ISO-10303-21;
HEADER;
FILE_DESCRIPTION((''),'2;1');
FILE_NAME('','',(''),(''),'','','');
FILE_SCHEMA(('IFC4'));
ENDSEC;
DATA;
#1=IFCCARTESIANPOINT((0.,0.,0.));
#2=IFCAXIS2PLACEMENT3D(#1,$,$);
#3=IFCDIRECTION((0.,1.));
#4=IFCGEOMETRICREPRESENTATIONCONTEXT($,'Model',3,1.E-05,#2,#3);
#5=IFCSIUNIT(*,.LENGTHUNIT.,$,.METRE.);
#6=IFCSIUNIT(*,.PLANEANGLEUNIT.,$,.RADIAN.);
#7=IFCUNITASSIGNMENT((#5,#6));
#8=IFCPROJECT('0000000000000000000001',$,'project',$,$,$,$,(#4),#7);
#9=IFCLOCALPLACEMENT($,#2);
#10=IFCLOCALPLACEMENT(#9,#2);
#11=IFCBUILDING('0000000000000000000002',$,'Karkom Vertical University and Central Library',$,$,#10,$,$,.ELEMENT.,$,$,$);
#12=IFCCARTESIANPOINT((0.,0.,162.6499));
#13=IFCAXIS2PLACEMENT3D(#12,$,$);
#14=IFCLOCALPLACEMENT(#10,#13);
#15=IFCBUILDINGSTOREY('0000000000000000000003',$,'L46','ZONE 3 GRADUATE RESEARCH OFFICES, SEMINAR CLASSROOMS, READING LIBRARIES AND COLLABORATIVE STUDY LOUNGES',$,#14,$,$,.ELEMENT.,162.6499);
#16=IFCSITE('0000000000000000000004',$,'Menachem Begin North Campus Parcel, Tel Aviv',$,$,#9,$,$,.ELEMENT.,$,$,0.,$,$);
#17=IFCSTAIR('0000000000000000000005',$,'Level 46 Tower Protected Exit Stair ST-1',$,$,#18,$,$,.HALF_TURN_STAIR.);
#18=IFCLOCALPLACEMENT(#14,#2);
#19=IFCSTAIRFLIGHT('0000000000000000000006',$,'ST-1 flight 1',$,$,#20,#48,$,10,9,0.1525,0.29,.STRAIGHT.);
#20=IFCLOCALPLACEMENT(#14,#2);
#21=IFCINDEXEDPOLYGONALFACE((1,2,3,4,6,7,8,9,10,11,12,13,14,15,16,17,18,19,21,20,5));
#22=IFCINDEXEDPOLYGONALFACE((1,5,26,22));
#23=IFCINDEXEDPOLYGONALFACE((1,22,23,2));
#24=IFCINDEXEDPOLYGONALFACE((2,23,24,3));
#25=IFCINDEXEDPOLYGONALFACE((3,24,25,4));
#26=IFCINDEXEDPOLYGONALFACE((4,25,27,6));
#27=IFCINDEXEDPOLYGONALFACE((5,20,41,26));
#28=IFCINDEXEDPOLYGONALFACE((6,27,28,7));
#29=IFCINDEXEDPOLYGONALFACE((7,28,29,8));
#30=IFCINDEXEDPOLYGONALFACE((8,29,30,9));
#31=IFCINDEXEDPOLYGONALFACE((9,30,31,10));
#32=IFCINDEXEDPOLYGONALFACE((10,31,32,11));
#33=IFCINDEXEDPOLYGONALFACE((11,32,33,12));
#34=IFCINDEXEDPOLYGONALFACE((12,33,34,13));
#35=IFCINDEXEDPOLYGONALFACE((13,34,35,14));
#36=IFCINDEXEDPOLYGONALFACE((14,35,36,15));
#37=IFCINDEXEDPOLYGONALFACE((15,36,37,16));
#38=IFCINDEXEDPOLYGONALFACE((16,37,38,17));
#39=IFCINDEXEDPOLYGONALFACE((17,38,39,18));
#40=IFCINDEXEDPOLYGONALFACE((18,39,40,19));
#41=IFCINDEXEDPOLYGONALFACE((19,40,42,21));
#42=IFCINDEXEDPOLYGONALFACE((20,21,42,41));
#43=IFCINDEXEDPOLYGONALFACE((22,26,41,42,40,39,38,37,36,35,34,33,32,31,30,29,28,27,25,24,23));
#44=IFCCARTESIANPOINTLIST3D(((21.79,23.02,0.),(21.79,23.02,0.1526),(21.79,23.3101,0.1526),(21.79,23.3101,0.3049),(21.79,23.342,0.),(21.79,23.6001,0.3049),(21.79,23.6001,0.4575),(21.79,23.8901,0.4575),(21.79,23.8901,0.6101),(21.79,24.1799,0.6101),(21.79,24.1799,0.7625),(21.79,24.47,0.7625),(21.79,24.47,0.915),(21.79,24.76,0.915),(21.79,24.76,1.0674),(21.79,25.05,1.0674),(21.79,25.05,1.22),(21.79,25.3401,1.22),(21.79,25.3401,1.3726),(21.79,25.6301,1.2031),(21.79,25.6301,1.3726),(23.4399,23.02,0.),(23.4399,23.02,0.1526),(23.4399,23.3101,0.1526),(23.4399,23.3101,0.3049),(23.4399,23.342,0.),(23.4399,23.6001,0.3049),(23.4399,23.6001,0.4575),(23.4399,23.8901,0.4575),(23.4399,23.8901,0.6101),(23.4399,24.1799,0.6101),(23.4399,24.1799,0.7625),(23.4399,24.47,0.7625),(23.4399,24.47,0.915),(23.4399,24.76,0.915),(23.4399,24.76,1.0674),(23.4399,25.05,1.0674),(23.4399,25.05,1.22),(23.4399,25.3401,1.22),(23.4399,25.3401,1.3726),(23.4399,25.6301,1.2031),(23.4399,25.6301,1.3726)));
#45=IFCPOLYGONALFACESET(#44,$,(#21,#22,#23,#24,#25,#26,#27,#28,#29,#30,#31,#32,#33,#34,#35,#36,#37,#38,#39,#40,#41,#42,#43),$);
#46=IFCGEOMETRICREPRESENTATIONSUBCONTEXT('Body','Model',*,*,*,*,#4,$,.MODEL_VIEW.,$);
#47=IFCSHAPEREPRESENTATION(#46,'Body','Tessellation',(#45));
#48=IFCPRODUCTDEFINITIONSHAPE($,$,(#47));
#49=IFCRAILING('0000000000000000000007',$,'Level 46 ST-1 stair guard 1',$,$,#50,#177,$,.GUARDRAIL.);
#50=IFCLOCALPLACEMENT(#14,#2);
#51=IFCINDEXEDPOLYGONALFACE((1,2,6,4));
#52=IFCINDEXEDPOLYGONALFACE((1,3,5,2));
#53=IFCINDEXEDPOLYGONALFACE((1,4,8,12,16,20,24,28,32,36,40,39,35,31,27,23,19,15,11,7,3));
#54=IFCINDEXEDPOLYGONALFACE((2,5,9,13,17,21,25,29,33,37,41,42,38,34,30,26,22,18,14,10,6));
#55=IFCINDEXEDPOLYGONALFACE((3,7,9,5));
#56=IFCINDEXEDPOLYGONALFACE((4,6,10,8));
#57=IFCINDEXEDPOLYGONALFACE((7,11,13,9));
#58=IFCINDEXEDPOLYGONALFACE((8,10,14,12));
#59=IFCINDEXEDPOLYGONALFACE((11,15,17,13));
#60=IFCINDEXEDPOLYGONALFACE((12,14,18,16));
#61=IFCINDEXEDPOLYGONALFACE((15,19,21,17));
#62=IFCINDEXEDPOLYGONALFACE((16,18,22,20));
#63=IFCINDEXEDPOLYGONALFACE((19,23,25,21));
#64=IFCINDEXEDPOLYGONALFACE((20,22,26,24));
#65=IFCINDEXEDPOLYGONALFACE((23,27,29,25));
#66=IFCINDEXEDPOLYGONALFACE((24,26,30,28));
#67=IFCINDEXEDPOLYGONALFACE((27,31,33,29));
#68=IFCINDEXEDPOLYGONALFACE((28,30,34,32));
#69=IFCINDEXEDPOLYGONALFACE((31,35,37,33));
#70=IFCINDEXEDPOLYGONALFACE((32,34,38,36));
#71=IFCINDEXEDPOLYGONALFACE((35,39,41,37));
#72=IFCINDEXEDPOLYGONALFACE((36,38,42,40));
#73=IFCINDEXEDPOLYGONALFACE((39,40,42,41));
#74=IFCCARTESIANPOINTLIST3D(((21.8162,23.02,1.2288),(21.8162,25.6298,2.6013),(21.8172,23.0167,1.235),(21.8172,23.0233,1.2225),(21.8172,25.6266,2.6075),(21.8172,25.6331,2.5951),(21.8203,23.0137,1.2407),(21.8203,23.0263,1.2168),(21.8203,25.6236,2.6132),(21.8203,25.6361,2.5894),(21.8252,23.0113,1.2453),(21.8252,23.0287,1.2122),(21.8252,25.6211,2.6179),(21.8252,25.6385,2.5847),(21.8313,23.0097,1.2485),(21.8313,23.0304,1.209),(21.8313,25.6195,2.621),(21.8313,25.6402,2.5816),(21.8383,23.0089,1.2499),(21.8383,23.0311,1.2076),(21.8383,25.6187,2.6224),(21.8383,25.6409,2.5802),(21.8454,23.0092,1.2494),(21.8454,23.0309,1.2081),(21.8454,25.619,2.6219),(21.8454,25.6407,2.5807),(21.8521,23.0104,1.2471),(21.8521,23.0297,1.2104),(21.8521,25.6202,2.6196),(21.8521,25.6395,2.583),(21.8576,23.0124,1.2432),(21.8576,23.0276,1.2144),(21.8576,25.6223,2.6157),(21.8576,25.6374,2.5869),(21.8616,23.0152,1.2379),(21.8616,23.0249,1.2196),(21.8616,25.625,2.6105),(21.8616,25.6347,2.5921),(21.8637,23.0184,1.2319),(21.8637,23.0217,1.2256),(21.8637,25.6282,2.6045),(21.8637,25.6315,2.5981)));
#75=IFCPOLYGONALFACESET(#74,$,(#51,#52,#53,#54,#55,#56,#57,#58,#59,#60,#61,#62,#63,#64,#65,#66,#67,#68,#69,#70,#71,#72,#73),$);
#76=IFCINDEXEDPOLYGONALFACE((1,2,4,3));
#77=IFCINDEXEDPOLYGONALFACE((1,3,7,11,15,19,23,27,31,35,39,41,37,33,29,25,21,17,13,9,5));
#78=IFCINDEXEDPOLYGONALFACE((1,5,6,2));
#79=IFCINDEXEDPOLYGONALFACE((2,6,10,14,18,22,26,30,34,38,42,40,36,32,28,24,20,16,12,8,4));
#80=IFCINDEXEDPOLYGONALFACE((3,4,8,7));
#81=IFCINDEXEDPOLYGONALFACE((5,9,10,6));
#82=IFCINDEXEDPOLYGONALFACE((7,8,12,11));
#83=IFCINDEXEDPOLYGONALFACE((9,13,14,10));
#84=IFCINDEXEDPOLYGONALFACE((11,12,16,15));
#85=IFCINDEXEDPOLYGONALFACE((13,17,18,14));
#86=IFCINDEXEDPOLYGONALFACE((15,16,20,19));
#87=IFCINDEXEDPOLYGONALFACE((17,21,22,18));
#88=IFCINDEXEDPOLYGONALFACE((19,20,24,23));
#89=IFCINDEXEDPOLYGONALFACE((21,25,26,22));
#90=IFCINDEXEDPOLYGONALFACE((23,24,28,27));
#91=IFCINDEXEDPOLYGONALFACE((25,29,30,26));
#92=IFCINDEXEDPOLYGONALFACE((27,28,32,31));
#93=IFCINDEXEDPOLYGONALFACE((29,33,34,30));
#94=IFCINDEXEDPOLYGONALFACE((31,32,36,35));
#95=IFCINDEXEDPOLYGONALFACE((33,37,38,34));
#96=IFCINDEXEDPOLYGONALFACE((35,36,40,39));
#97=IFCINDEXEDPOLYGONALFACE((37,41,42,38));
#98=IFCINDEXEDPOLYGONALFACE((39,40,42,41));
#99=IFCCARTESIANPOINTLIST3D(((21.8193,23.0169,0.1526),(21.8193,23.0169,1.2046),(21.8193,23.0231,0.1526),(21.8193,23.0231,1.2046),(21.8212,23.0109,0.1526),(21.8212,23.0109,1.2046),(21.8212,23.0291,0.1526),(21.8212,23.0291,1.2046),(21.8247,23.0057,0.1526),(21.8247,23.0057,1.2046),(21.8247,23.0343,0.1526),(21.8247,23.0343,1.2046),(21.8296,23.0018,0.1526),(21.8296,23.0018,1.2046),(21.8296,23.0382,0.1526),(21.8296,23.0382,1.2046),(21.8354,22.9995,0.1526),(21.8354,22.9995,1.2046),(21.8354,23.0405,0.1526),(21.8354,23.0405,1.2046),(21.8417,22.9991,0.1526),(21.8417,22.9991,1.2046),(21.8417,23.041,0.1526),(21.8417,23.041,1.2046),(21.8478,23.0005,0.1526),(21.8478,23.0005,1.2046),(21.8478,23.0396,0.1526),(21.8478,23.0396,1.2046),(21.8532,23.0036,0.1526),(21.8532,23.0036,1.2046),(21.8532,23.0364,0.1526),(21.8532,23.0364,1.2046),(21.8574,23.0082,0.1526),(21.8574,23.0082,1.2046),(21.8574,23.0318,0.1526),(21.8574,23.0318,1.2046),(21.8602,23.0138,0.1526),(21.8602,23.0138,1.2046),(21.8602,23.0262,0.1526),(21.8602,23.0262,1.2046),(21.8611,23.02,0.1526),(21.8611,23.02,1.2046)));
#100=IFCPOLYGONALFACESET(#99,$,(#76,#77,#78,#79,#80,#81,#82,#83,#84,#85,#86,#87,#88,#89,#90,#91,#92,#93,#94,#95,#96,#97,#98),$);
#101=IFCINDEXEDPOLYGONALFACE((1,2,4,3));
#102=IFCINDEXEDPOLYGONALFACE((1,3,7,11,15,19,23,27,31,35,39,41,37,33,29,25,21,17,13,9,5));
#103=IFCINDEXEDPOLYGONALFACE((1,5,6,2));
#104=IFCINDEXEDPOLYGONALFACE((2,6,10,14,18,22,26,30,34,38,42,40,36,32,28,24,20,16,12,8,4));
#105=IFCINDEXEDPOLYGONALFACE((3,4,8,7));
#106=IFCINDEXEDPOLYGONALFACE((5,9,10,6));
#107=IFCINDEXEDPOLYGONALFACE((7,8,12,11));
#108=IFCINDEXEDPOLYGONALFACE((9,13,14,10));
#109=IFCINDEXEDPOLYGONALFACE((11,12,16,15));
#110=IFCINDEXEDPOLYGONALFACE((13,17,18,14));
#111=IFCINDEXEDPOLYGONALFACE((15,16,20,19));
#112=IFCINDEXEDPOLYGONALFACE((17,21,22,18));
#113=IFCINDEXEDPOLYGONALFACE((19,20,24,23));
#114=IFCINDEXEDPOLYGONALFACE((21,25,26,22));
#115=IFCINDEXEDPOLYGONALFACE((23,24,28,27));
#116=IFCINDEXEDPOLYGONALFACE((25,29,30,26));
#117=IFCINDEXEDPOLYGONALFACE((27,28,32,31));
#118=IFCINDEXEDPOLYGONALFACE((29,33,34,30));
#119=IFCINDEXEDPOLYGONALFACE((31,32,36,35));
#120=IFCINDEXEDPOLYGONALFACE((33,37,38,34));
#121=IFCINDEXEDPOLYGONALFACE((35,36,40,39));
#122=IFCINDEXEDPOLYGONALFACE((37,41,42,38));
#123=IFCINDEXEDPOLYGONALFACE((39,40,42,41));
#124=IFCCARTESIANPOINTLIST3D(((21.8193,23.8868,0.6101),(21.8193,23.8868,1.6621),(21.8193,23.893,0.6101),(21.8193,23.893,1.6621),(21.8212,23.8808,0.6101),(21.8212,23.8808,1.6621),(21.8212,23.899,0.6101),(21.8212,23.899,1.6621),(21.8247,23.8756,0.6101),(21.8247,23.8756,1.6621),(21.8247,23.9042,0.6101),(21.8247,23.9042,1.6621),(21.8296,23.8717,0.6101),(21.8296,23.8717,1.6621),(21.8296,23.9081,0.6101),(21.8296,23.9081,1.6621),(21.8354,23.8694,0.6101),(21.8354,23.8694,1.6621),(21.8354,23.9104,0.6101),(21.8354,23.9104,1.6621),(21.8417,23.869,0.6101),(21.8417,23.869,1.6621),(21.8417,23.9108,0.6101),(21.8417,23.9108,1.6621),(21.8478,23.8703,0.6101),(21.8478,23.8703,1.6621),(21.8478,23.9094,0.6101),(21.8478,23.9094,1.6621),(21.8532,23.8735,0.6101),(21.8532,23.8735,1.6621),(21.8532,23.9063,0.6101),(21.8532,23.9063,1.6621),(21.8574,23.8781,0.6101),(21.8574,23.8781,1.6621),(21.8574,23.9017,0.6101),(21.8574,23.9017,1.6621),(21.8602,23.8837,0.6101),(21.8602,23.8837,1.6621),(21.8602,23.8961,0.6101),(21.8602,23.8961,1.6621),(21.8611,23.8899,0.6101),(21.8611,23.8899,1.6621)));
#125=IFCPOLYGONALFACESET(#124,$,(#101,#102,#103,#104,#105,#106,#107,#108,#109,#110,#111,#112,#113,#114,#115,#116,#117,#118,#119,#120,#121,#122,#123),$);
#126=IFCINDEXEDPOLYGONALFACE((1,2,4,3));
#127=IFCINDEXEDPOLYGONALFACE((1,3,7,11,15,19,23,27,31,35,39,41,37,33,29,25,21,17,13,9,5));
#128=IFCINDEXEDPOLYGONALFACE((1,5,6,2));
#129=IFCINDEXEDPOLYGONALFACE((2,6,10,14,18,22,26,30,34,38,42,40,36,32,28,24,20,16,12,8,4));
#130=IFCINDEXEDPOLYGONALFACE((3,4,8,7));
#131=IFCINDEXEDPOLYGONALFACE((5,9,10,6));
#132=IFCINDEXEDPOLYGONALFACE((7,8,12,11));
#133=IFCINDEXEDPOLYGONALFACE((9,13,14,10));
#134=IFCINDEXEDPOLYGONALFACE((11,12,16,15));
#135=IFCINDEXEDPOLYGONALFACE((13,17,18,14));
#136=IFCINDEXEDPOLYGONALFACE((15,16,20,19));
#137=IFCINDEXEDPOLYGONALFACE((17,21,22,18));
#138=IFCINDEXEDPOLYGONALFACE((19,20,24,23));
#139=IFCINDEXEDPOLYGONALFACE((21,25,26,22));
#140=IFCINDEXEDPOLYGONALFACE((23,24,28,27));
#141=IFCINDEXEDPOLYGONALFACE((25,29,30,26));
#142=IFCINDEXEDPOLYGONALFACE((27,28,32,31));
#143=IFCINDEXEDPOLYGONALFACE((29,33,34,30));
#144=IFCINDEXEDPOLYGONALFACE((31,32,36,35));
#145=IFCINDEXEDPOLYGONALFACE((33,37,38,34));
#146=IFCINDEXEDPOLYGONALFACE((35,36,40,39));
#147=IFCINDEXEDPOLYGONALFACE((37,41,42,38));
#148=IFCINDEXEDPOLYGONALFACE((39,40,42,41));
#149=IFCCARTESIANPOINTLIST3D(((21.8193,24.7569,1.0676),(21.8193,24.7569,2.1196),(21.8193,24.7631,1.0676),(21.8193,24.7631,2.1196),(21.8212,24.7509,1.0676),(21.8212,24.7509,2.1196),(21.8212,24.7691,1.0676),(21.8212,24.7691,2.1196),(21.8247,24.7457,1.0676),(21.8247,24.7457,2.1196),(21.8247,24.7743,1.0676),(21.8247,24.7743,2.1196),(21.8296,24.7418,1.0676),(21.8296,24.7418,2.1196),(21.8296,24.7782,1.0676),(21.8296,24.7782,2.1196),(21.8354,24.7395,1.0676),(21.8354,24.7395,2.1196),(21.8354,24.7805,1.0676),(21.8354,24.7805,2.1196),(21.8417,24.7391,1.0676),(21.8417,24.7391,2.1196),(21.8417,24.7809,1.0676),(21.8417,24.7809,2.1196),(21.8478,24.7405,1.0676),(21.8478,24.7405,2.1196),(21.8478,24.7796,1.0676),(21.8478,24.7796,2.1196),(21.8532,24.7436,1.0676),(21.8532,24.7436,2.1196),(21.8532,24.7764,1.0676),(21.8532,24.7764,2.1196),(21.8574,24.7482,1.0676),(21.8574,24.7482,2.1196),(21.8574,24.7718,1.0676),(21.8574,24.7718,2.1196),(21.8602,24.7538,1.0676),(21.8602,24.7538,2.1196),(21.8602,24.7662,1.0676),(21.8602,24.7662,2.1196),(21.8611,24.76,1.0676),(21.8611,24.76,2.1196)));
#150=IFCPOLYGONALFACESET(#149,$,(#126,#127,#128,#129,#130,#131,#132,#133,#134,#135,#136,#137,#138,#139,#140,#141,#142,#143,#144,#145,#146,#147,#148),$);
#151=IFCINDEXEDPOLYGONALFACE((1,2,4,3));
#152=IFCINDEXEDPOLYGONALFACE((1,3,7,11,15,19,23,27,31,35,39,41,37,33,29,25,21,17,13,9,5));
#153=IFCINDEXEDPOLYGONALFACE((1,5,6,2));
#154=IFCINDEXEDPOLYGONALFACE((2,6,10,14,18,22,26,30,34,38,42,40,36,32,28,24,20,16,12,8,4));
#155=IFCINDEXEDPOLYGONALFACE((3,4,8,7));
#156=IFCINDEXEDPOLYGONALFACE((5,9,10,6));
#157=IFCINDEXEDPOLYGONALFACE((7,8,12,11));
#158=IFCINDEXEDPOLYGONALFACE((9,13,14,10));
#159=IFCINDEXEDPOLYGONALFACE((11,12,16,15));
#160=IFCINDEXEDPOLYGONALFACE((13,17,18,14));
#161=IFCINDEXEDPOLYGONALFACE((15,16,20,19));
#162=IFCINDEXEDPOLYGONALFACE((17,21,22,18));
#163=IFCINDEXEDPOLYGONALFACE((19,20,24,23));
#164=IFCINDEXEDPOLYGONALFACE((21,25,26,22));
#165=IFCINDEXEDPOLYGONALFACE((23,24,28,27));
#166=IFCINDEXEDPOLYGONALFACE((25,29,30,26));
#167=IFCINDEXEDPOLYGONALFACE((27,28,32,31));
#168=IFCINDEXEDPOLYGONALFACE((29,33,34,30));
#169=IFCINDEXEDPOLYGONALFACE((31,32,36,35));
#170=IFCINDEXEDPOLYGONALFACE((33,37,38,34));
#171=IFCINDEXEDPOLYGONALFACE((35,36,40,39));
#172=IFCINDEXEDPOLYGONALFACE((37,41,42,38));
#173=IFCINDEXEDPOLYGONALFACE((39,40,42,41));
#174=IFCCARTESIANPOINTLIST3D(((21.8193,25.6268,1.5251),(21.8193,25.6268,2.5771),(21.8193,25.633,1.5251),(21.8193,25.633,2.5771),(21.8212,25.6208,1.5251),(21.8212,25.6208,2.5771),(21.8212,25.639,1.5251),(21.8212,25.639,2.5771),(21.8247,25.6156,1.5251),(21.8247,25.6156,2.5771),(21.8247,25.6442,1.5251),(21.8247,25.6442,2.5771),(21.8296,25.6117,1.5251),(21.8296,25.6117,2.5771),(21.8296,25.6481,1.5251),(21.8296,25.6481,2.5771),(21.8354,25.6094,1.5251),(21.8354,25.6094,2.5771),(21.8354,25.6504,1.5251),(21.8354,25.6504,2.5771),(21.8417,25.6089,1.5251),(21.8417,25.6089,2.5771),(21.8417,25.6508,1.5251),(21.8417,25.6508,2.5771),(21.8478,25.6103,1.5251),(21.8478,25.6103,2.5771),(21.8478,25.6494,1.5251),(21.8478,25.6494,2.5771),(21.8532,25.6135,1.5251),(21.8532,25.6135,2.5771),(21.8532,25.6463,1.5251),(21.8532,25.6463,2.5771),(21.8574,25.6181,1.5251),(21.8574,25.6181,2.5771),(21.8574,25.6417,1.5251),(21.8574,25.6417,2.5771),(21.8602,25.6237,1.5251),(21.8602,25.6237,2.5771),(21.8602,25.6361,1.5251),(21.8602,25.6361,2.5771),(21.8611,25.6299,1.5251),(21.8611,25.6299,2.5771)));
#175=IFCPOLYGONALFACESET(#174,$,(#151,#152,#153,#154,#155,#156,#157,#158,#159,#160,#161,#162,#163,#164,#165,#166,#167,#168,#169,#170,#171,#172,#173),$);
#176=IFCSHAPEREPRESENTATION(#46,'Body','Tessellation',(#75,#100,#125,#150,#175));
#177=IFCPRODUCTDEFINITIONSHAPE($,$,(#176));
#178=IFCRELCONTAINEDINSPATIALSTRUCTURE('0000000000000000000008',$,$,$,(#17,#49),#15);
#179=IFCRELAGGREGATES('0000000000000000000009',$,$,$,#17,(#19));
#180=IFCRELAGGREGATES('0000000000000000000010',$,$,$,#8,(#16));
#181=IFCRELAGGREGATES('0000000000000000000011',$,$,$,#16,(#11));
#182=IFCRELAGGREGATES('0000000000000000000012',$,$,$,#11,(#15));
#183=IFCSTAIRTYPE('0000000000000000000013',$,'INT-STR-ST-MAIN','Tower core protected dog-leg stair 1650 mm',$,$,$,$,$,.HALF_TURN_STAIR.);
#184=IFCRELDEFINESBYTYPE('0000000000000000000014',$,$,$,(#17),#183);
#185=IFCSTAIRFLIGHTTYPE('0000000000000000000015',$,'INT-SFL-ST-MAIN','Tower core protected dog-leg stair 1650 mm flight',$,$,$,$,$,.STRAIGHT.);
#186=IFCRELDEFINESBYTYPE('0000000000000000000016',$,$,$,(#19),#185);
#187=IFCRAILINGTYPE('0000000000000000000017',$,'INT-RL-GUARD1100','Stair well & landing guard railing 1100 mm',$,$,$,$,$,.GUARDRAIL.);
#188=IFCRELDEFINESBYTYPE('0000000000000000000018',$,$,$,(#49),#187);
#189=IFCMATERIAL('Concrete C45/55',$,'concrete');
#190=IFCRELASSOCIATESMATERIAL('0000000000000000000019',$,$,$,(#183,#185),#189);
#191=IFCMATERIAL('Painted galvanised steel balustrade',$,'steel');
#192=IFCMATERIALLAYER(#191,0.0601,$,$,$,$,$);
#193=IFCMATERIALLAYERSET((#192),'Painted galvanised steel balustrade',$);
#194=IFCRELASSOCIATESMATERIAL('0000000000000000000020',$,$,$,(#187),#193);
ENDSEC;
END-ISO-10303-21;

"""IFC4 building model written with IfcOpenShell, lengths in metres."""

from ifc_helpers import new_model, si_unit, direction, frame, origin, origin_2d, place, context, subcontext, project, spatial, polyline, circle, outline, extrude, material, layer, layer_set, type_object, element, aggregate, save


model = new_model("IFC4")

# Units and contexts
model_context = context("Model", 3, precision=1e-05, world=origin(), true_north=direction((0.0, 1.0)))
body_context = subcontext(model_context, "Body", "Model", "MODEL_VIEW")
ifc_project = project(units=[si_unit("LENGTHUNIT", "METRE"), si_unit("PLANEANGLEUNIT", "RADIAN")], contexts=[model_context])

# Site, building, storey
site_placement = place(None, origin())
site = spatial("IfcSite", under=ifc_project, at=site_placement, Name="Menachem Begin North Campus Parcel, Tel Aviv", CompositionType="ELEMENT", RefElevation=0.0)
building_placement = place(site_placement, origin())
building = spatial("IfcBuilding", under=site, at=building_placement, Name="Karkom Vertical University and Central Library", CompositionType="ELEMENT")
storey_placement = place(building_placement, frame((0.0, 0.0, 162.6499)))
storey = spatial("IfcBuildingStorey", under=building, at=storey_placement, Name="L46", Description="ZONE 3 GRADUATE RESEARCH OFFICES, SEMINAR CLASSROOMS, READING LIBRARIES AND COLLABORATIVE STUDY LOUNGES", CompositionType="ELEMENT", Elevation=162.6499)

# Shared definitions
ifc_material_1 = material(Name="Concrete C45/55", Category="concrete")

# Stair, stair flight
stair_type = type_object("IfcStairType", Name="INT-STR-ST-MAIN", Description="Tower core protected dog-leg stair 1650 mm", PredefinedType="HALF_TURN_STAIR", material=ifc_material_1)
stair_placement = place(storey_placement, origin())
stair = element("IfcStair", 1, at=stair_placement, inside=storey, type_object=stair_type, Name="Level 46 Tower Protected Exit Stair ST-1", PredefinedType="HALF_TURN_STAIR")
stair_flight_type = type_object("IfcStairFlightType", Name="INT-SFL-ST-MAIN", Description="Tower core protected dog-leg stair 1650 mm flight", PredefinedType="STRAIGHT", material=ifc_material_1)
stair_flight_placement = place(storey_placement, frame((22.615, 23.02, 0.0), z_axis=(0.0, 0.0, 1.0), x_axis=(0.0, 1.0, 0.0)))
stair_flight = element("IfcStairFlight", 2, at=stair_flight_placement, type_object=stair_flight_type, Name="ST-1 flight 1", NumberOfRisers=10, NumberOfTreads=9, PredefinedType="STRAIGHT", RiserHeight=0.1525, TreadLength=0.29, context=body_context, shape_type="SweptSolid", body=[
    extrude(outline(polyline([(0.0, 0.0), (0.0, 0.1526), (0.29, 0.1526), (0.29, 0.3049), (0.5801, 0.3049), (0.5801, 0.4575), (0.8701, 0.4575), (0.8701, 0.6101), (1.1599, 0.6101), (1.1599, 0.7625), (1.45, 0.7625), (1.45, 0.915), (1.74, 0.915), (1.74, 1.0674), (2.03, 1.0674), (2.03, 1.22), (2.3201, 1.22), (2.3201, 1.3726), (2.6101, 1.3726), (2.6101, 1.5249), (2.6101, 1.2031), (0.322, 0.0), (0.0, 0.0)])), frame((0.0, 0.825, 0.0), z_axis=(0.0, -1.0, 0.0), x_axis=(1.0, 0.0, 0.0)), (0.0, 0.0, 1.0), 1.6499),
])
aggregate(stair, [stair_flight])

# Railing
ifc_material_2 = material(Name="Painted galvanised steel balustrade", Category="steel")
ifc_layer_1 = layer(ifc_material_2, 0.0601)
ifc_layer_set_1 = layer_set([ifc_layer_1], Name="Painted galvanised steel balustrade")
railing_type_1 = type_object("IfcRailingType", Name="INT-RL-GUARD1100", Description="Stair well & landing guard railing 1100 mm", PredefinedType="GUARDRAIL", material=ifc_layer_set_1)
railing_1_placement = place(storey_placement, frame((21.8401, 23.02, 0.1526)))
element("IfcRailing", 3, at=railing_1_placement, inside=storey, type_object=railing_type_1, Name="Level 46 ST-1 stair guard 1", PredefinedType="GUARDRAIL", context=body_context, shape_type="SweptSolid", body=[
    extrude(circle(Radius=0.0239, at=origin_2d()), frame((0.0, 0.0, 1.0762), z_axis=(0.0, 0.885065, 0.465467), x_axis=(-1.0, 0.0, 0.0)), (0.0, 0.0, 1.0), 2.9487),
    extrude(circle(Radius=0.021, at=origin_2d()), origin(), (0.0, 0.0, 1.0), 1.052),
    extrude(circle(Radius=0.021, at=origin_2d()), frame((0.0, 0.8699, 0.4575)), (0.0, 0.0, 1.0), 1.052),
    extrude(circle(Radius=0.021, at=origin_2d()), frame((0.0, 1.74, 0.915)), (0.0, 0.0, 1.0), 1.052),
    extrude(circle(Radius=0.021, at=origin_2d()), frame((0.0, 2.6099, 1.3726)), (0.0, 0.0, 1.0), 1.052),
])

save(model, "model.ifc")
